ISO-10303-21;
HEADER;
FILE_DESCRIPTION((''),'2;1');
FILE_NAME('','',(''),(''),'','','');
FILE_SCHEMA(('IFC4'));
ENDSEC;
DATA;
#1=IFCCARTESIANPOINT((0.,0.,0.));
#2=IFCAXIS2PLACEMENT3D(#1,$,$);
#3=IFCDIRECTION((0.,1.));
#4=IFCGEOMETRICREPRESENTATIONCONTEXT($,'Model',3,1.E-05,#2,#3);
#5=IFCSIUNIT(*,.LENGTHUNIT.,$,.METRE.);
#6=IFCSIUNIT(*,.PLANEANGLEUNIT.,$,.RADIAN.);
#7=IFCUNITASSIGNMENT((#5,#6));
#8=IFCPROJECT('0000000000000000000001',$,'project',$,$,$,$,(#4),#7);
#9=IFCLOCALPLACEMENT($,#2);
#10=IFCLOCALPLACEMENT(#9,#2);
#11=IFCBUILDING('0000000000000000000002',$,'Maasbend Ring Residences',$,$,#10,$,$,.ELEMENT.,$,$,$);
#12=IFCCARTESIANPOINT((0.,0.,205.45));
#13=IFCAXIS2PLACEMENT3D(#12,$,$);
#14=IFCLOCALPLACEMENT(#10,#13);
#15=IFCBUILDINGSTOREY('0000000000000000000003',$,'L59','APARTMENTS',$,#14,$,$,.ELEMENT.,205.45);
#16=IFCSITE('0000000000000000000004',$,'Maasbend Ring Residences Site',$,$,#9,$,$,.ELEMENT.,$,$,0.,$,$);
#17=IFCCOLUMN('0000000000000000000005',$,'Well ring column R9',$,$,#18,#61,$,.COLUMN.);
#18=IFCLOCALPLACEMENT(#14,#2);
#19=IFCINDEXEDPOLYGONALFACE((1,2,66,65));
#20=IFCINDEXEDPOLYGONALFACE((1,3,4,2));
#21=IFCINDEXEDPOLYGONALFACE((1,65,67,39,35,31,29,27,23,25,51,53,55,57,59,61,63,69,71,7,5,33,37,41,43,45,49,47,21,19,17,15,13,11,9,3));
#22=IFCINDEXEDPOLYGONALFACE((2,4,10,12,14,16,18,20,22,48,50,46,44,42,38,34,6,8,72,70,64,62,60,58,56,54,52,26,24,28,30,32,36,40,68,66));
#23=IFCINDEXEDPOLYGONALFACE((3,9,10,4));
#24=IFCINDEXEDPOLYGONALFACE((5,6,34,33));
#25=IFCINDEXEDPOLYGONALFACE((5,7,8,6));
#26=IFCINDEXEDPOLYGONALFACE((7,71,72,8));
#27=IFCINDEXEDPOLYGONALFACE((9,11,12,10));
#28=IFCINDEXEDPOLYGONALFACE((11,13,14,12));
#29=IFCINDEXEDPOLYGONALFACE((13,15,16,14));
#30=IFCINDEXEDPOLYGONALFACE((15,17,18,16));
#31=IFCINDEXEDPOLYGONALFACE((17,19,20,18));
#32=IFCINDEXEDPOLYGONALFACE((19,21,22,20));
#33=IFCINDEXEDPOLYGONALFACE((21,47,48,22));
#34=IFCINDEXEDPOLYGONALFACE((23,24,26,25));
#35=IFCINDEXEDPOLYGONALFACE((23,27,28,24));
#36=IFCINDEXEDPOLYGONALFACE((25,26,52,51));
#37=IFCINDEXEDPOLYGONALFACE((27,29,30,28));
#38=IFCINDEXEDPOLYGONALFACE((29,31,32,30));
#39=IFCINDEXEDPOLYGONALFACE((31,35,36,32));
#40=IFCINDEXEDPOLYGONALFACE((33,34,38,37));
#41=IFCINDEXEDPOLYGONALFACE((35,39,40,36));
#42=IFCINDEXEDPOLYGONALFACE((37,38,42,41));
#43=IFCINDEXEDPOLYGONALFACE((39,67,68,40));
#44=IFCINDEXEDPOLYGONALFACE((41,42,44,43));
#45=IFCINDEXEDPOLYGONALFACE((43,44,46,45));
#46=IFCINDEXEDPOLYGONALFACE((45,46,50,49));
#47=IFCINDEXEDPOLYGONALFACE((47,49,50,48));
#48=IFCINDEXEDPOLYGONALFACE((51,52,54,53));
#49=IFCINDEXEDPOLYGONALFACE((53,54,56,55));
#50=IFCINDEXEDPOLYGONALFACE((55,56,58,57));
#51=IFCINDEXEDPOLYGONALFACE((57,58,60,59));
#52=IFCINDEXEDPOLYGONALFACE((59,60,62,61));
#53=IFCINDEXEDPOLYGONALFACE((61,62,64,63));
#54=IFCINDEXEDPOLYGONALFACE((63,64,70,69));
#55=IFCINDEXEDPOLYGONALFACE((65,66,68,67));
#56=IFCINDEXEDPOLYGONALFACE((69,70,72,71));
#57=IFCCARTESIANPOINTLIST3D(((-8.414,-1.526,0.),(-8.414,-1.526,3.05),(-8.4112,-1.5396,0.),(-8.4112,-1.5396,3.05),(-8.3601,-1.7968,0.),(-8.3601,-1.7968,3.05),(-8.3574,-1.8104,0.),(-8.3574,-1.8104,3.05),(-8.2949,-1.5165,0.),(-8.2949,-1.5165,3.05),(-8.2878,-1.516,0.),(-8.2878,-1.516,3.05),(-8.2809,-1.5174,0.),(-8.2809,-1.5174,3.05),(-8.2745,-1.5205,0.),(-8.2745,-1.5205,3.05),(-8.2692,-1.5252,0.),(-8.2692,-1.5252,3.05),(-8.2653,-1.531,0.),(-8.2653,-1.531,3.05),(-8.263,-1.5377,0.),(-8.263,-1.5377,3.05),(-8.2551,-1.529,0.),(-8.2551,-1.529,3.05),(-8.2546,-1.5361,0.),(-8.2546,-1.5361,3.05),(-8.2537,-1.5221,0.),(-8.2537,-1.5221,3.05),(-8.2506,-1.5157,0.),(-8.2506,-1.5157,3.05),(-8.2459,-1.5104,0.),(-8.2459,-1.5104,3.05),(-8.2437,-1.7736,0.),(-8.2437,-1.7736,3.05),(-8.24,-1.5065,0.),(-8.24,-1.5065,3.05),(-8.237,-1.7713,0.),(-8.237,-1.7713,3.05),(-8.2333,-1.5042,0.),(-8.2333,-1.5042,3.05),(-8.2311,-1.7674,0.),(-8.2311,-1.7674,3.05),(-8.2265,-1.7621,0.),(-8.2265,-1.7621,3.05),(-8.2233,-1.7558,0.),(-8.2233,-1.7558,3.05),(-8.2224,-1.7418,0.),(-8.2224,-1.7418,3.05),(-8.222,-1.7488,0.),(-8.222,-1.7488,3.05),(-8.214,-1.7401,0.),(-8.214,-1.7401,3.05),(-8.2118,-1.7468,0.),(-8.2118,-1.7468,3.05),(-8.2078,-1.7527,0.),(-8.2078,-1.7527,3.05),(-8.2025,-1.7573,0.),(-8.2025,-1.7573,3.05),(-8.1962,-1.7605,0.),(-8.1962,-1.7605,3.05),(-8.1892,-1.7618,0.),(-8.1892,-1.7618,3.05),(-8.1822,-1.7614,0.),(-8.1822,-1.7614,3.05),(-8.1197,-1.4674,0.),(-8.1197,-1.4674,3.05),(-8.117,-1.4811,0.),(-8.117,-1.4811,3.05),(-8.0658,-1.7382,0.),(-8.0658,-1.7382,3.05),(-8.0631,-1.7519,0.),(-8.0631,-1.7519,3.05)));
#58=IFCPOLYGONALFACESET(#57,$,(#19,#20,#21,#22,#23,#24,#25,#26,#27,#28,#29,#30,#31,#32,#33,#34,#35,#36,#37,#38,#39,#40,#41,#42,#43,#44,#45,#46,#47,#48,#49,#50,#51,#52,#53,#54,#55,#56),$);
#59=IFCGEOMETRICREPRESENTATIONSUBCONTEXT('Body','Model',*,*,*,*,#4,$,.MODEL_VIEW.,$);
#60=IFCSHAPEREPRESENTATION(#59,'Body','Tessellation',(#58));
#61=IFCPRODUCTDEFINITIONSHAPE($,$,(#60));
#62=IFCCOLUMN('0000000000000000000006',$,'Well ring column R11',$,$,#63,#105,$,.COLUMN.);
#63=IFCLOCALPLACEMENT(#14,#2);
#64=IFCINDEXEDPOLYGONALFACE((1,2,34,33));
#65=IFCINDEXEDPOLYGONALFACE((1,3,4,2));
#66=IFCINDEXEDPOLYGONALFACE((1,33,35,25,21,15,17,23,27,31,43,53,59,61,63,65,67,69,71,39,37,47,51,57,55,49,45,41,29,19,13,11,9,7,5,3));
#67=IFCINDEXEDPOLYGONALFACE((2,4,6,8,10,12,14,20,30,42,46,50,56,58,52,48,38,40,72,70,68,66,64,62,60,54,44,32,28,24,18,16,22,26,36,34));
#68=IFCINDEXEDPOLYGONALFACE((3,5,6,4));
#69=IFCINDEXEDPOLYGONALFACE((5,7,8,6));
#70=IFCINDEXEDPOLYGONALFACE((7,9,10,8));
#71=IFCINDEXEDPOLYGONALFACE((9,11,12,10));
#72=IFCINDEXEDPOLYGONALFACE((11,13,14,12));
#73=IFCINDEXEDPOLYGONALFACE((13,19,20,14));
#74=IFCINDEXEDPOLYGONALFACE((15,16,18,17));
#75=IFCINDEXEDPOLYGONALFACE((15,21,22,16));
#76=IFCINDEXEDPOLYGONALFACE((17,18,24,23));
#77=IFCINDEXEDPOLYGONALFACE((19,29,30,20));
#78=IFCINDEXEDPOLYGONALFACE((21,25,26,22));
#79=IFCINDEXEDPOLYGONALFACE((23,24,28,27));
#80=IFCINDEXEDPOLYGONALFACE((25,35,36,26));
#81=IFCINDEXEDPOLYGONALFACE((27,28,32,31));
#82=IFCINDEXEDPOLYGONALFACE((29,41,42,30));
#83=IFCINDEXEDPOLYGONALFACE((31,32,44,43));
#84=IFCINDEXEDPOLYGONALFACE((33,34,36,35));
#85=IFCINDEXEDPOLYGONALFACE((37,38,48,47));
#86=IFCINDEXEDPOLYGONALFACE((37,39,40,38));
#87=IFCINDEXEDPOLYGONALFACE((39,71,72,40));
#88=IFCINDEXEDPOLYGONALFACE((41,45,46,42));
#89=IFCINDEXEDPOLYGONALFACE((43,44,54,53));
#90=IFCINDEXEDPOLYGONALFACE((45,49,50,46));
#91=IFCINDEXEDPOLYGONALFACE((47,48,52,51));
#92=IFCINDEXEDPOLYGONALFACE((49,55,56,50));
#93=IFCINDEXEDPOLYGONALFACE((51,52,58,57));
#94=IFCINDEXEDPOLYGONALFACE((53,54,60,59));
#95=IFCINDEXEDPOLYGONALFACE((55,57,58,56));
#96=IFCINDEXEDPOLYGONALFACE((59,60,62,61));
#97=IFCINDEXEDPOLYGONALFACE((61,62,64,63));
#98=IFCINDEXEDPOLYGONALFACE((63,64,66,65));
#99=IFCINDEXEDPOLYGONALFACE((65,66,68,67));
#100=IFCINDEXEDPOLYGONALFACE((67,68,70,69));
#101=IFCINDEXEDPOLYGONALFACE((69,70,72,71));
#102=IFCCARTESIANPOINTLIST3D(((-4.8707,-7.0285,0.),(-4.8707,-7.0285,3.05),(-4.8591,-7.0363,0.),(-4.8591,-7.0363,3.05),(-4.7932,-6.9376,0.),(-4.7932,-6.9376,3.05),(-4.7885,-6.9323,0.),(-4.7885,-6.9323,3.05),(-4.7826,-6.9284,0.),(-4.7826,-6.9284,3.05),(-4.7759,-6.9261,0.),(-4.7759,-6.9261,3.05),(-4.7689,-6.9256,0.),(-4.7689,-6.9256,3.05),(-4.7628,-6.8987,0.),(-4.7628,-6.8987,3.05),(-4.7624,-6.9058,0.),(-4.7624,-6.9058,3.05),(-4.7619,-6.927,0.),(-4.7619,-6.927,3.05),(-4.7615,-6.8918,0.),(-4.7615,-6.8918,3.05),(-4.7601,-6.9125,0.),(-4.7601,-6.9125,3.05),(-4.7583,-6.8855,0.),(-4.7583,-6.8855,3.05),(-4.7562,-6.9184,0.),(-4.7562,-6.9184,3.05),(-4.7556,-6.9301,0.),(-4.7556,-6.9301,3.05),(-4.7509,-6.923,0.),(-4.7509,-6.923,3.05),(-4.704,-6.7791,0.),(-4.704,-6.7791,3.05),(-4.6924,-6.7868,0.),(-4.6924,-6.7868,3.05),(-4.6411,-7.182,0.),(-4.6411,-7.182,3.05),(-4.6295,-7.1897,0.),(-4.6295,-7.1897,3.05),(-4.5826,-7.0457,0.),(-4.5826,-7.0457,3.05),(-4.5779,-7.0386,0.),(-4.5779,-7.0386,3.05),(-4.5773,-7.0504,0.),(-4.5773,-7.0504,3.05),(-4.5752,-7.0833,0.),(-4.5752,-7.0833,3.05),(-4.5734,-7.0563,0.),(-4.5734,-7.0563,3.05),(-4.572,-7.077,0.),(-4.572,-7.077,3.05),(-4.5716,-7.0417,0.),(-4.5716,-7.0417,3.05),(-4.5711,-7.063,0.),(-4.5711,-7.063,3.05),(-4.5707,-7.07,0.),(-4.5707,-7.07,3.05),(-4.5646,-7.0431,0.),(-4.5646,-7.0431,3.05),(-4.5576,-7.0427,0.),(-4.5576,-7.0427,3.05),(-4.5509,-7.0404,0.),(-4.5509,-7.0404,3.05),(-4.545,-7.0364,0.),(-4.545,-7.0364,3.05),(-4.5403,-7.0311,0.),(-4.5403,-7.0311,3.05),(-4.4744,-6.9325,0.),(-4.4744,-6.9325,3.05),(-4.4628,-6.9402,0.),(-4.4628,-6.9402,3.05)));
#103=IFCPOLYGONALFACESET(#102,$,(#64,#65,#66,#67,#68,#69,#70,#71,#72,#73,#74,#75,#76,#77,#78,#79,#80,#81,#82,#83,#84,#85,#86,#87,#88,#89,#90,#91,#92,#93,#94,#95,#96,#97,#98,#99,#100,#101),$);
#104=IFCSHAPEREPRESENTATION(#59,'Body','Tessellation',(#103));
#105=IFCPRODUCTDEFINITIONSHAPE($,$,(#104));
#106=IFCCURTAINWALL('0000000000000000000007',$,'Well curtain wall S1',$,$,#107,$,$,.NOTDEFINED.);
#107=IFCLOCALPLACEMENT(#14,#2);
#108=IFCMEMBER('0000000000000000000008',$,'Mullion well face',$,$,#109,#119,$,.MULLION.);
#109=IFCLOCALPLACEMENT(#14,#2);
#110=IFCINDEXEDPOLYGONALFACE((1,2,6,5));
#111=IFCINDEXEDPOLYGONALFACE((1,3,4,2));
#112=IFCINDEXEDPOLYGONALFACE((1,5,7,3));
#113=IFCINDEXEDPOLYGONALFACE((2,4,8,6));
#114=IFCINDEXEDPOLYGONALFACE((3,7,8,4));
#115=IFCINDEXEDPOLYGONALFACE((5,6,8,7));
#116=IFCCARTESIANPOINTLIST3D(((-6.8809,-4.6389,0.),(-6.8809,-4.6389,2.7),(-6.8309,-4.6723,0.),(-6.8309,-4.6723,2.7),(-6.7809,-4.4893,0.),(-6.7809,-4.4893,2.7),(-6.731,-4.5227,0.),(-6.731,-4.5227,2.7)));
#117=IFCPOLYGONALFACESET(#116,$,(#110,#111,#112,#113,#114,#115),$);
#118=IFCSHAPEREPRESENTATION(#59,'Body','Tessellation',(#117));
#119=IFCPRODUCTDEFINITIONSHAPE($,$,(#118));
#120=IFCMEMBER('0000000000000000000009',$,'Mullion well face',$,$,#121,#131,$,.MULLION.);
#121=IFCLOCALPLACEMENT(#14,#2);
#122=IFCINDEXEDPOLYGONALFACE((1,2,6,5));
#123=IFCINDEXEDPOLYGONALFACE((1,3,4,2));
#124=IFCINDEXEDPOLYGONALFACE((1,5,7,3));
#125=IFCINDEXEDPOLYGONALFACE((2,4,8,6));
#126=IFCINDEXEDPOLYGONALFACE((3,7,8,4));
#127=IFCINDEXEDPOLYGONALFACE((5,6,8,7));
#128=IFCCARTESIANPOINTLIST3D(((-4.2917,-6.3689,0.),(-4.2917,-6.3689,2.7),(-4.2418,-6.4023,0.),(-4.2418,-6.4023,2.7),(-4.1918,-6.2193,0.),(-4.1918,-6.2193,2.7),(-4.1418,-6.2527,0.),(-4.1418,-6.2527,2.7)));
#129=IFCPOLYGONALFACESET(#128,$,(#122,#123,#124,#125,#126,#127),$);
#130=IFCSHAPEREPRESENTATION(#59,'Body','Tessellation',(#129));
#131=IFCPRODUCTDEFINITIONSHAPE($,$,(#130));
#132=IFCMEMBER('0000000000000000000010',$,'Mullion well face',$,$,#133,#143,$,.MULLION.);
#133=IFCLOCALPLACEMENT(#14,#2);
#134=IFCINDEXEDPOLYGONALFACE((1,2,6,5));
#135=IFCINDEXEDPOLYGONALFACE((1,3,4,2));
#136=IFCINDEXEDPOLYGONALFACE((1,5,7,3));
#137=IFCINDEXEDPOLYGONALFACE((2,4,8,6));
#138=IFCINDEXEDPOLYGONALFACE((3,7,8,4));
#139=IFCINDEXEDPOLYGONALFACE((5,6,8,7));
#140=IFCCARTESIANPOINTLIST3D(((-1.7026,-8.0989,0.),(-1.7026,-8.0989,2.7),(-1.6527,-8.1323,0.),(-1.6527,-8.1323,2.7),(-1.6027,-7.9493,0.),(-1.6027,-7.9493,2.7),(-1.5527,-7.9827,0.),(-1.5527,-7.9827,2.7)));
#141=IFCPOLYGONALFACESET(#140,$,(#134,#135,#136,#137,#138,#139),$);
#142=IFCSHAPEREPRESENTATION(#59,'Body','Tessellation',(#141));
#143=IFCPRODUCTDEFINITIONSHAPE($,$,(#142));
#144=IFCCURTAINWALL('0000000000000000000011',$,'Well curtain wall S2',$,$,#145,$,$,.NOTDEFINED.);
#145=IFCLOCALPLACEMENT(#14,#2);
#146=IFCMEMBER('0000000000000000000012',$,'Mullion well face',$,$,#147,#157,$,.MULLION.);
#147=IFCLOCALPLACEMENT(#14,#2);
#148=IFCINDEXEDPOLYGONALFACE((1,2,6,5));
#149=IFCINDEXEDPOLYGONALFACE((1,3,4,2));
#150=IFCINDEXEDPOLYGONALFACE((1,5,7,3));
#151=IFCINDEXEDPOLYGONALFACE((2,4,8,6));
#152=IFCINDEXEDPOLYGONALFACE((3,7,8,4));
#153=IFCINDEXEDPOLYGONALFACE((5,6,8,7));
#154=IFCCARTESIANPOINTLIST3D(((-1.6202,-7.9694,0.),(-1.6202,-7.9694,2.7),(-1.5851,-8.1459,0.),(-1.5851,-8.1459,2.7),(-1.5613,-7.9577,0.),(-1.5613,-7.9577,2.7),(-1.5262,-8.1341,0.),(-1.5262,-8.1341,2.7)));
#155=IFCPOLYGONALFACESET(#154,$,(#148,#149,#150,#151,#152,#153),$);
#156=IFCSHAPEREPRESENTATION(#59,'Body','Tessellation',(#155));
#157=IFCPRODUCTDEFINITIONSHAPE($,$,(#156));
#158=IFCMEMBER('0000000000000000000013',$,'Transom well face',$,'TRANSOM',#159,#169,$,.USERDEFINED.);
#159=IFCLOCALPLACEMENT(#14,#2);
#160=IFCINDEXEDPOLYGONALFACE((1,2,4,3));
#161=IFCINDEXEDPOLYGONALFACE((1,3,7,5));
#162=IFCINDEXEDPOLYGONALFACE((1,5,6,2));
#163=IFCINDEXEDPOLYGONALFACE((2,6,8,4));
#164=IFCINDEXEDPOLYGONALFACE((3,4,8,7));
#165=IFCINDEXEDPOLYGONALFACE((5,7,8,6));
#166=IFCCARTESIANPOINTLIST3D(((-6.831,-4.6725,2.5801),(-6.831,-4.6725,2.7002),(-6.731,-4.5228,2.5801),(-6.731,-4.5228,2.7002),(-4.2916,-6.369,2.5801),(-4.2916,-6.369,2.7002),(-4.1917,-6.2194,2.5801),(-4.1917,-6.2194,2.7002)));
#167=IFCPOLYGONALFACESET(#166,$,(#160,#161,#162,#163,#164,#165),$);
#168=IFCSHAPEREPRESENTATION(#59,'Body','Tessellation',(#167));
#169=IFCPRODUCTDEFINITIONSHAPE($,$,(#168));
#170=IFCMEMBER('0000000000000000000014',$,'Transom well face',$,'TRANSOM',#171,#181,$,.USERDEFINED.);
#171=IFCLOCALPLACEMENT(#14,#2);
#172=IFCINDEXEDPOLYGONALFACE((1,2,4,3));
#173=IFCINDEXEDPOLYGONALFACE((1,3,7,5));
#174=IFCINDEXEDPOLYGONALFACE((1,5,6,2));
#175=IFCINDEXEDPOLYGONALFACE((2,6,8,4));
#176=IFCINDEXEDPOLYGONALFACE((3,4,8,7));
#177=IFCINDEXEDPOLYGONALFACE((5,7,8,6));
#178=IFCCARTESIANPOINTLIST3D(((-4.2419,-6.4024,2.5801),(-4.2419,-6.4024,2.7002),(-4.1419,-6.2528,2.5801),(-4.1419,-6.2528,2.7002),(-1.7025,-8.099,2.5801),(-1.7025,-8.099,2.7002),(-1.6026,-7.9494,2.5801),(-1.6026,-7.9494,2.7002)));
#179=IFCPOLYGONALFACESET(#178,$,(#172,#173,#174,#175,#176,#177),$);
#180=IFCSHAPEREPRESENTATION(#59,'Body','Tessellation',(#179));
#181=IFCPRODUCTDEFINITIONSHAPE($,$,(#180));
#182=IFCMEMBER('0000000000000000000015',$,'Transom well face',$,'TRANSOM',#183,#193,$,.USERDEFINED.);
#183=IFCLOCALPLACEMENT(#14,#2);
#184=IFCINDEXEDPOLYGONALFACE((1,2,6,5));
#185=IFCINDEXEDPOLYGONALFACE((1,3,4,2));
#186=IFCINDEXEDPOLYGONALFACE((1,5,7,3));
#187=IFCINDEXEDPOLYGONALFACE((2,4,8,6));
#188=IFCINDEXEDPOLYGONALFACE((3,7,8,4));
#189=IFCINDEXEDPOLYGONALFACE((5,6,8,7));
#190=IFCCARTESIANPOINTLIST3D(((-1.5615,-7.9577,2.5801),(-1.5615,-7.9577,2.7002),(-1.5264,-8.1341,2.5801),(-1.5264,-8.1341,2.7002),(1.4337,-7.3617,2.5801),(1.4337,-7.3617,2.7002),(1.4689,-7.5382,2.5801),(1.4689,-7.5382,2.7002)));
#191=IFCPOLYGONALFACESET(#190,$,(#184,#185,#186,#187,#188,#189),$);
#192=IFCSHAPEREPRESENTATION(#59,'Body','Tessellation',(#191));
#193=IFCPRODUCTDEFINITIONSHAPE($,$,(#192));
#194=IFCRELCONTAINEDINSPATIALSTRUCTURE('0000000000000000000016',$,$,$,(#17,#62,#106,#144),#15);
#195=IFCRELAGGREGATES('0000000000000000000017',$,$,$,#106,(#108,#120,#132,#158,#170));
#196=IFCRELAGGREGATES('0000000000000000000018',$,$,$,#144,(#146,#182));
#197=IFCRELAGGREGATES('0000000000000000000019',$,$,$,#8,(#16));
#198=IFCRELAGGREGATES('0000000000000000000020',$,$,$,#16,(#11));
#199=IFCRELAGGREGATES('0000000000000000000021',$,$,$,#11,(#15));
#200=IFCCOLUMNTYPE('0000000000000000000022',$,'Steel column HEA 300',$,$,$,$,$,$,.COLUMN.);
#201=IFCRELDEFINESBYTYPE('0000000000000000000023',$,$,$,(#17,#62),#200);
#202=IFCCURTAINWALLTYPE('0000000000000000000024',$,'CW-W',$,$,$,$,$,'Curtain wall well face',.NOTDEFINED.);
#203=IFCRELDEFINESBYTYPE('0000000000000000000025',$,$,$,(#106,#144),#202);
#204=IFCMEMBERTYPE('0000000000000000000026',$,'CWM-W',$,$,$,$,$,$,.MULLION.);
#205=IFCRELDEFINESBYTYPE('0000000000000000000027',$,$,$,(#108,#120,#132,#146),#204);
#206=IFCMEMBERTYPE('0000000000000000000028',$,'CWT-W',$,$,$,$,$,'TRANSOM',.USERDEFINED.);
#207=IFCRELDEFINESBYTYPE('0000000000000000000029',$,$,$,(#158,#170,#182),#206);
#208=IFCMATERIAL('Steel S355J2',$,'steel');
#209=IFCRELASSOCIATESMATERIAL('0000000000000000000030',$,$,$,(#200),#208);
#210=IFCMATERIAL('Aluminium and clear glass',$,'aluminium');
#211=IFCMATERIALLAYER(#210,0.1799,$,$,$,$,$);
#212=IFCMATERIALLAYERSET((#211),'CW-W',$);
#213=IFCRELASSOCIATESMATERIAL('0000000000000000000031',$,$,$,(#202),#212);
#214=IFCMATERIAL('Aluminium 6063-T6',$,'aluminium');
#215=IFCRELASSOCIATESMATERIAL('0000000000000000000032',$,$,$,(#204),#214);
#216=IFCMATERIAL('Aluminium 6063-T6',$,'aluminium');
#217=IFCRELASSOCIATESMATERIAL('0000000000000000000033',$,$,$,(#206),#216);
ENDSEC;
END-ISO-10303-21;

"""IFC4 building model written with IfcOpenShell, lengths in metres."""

from ifc_helpers import new_model, si_unit, direction, frame, origin, origin_2d, place, context, subcontext, project, spatial, rectangle, i_section, extrude, material, layer, layer_set, material_profile, profile_set, type_object, element, aggregate, save


model = new_model("IFC4")

# Units and contexts
model_context = context("Model", 3, precision=1e-05, world=origin(), true_north=direction((0.0, 1.0)))
body_context = subcontext(model_context, "Body", "Model", "MODEL_VIEW")
ifc_project = project(units=[si_unit("LENGTHUNIT", "METRE"), si_unit("PLANEANGLEUNIT", "RADIAN")], contexts=[model_context])

# Site, building, storey
site_placement = place(None, origin())
site = spatial("IfcSite", under=ifc_project, at=site_placement, Name="Maasbend Ring Residences Site", CompositionType="ELEMENT", RefElevation=0.0)
building_placement = place(site_placement, origin())
building = spatial("IfcBuilding", under=site, at=building_placement, Name="Maasbend Ring Residences", CompositionType="ELEMENT")
storey_placement = place(building_placement, frame((0.0, 0.0, 205.45)))
storey = spatial("IfcBuildingStorey", under=building, at=storey_placement, Name="L59", Description="APARTMENTS", CompositionType="ELEMENT", Elevation=205.45)

# Columns
ifc_material_1 = material(Name="Steel S355J2", Category="steel")
ifc_material_profile_1 = material_profile(ifc_material_1, i_section(OverallWidth=0.3, OverallDepth=0.29, WebThickness=0.0085, FlangeThickness=0.0139, FilletRadius=0.0271, at=origin_2d()), Name="HEA 300")
ifc_profile_set_1 = profile_set([ifc_material_profile_1], Name="Steel S355J2")
column_type = type_object("IfcColumnType", Name="Steel column HEA 300", PredefinedType="COLUMN", material=ifc_profile_set_1)
for number, where, z_axis, x_axis, name in (
    (1, (-8.2385, -1.6389, 0.0), (0.0, 0.0, 1.0), (-0.980785, -0.19509, 0.0), "Well ring column R9"),
    (2, (-4.6667, -6.9844, 0.0), (0.0, 0.0, 1.0), (-0.55557, -0.83147, 0.0), "Well ring column R11"),
):
    element("IfcColumn", number, at=place(storey_placement, frame(where, z_axis=z_axis, x_axis=x_axis)), inside=storey, type_object=column_type, Name=name, PredefinedType="COLUMN", context=body_context, shape_type="SweptSolid", body=[
        extrude(i_section(OverallWidth=0.3, OverallDepth=0.29, WebThickness=0.0085, FlangeThickness=0.0139, FilletRadius=0.0271, at=origin_2d()), origin(), (0.0, 0.0, 1.0), 3.05),
    ])

# Curtain wall, members
ifc_material_2 = material(Name="Aluminium and clear glass", Category="aluminium")
ifc_layer_1 = layer(ifc_material_2, 0.1799)
ifc_layer_set_1 = layer_set([ifc_layer_1], Name="CW-W")
curtain_wall_type = type_object("IfcCurtainWallType", Name="CW-W", ElementType="Curtain wall well face", PredefinedType="NOTDEFINED", material=ifc_layer_set_1)
curtain_wall_1_placement = place(storey_placement, origin())
curtain_wall_1 = element("IfcCurtainWall", 3, at=curtain_wall_1_placement, inside=storey, type_object=curtain_wall_type, Name="Well curtain wall S1", PredefinedType="NOTDEFINED")
ifc_material_3 = material(Name="Aluminium 6063-T6", Category="aluminium")
ifc_material_profile_2 = material_profile(ifc_material_3, rectangle(XDim=0.1799, YDim=0.0601, at=origin_2d()), Name="AL 180x60")
ifc_profile_set_2 = profile_set([ifc_material_profile_2], Name="Aluminium 6063-T6")
member_type_1 = type_object("IfcMemberType", Name="CWM-W", PredefinedType="MULLION", material=ifc_profile_set_2)
member_1_placement = place(storey_placement, frame((-6.8059, -4.5808, 0.0), z_axis=(0.0, 0.0, 1.0), x_axis=(0.55557, 0.83147, 0.0)))
member_1 = element("IfcMember", 4, at=member_1_placement, type_object=member_type_1, Name="Mullion well face", PredefinedType="MULLION", context=body_context, shape_type="SweptSolid", body=[
    extrude(rectangle(XDim=0.1799, YDim=0.0601, at=origin_2d()), origin(), (0.0, 0.0, 1.0), 2.7),
])
member_2_placement = place(storey_placement, frame((-4.2168, -6.3108, 0.0), z_axis=(0.0, 0.0, 1.0), x_axis=(0.55557, 0.83147, 0.0)))
member_2 = element("IfcMember", 5, at=member_2_placement, type_object=member_type_1, Name="Mullion well face", PredefinedType="MULLION", context=body_context, shape_type="SweptSolid", body=[
    extrude(rectangle(XDim=0.1799, YDim=0.0601, at=origin_2d()), origin(), (0.0, 0.0, 1.0), 2.7),
])
member_3_placement = place(storey_placement, frame((-1.6277, -8.0408, 0.0), z_axis=(0.0, 0.0, 1.0), x_axis=(0.55557, 0.83147, 0.0)))
member_3 = element("IfcMember", 6, at=member_3_placement, type_object=member_type_1, Name="Mullion well face", PredefinedType="MULLION", context=body_context, shape_type="SweptSolid", body=[
    extrude(rectangle(XDim=0.1799, YDim=0.0601, at=origin_2d()), origin(), (0.0, 0.0, 1.0), 2.7),
])

# Curtain wall, member
curtain_wall_2_placement = place(storey_placement, origin())
curtain_wall_2 = element("IfcCurtainWall", 7, at=curtain_wall_2_placement, inside=storey, type_object=curtain_wall_type, Name="Well curtain wall S2", PredefinedType="NOTDEFINED")
member_4_placement = place(storey_placement, frame((-1.5732, -8.0518, 0.0), z_axis=(0.0, 0.0, 1.0), x_axis=(-0.19509, 0.980785, 0.0)))
member_4 = element("IfcMember", 8, at=member_4_placement, type_object=member_type_1, Name="Mullion well face", PredefinedType="MULLION", context=body_context, shape_type="SweptSolid", body=[
    extrude(rectangle(XDim=0.1799, YDim=0.0601, at=origin_2d()), origin(), (0.0, 0.0, 1.0), 2.7),
])

# Members
ifc_material_4 = material(Name="Aluminium 6063-T6", Category="aluminium")
ifc_material_profile_3 = material_profile(ifc_material_4, rectangle(XDim=0.1799, YDim=0.1201, at=origin_2d()), Name="AL 180x120")
ifc_profile_set_3 = profile_set([ifc_material_profile_3], Name="Aluminium 6063-T6")
member_type_2 = type_object("IfcMemberType", Name="CWT-W", ElementType="TRANSOM", PredefinedType="USERDEFINED", material=ifc_profile_set_3)
member_5_placement = place(storey_placement, frame((-6.781, -4.5977, 2.6401), z_axis=(0.831496, -0.55553, 0.0), x_axis=(0.55553, 0.831496, 0.0)))
member_5 = element("IfcMember", 9, at=member_5_placement, type_object=member_type_2, Name="Transom well face", ObjectType="TRANSOM", PredefinedType="USERDEFINED", context=body_context, shape_type="SweptSolid", body=[
    extrude(rectangle(XDim=0.1799, YDim=0.1201, at=origin_2d()), origin(), (0.0, 0.0, 1.0), 3.054),
])
member_6_placement = place(storey_placement, frame((-4.1919, -6.3276, 2.6401), z_axis=(0.831496, -0.55553, 0.0), x_axis=(0.55553, 0.831496, 0.0)))
member_6 = element("IfcMember", 10, at=member_6_placement, type_object=member_type_2, Name="Transom well face", ObjectType="TRANSOM", PredefinedType="USERDEFINED", context=body_context, shape_type="SweptSolid", body=[
    extrude(rectangle(XDim=0.1799, YDim=0.1201, at=origin_2d()), origin(), (0.0, 0.0, 1.0), 3.054),
])
member_7_placement = place(storey_placement, frame((-1.5439, -8.0459, 2.6401), z_axis=(0.980777, 0.195132, 0.0), x_axis=(-0.195132, 0.980777, 0.0)))
member_7 = element("IfcMember", 11, at=member_7_placement, type_object=member_type_2, Name="Transom well face", ObjectType="TRANSOM", PredefinedType="USERDEFINED", context=body_context, shape_type="SweptSolid", body=[
    extrude(rectangle(XDim=0.1799, YDim=0.1201, at=origin_2d()), origin(), (0.0, 0.0, 1.0), 3.054),
])

aggregate(curtain_wall_1, [member_1, member_2, member_3, member_5, member_6])
aggregate(curtain_wall_2, [member_4, member_7])

save(model, "model.ifc")
